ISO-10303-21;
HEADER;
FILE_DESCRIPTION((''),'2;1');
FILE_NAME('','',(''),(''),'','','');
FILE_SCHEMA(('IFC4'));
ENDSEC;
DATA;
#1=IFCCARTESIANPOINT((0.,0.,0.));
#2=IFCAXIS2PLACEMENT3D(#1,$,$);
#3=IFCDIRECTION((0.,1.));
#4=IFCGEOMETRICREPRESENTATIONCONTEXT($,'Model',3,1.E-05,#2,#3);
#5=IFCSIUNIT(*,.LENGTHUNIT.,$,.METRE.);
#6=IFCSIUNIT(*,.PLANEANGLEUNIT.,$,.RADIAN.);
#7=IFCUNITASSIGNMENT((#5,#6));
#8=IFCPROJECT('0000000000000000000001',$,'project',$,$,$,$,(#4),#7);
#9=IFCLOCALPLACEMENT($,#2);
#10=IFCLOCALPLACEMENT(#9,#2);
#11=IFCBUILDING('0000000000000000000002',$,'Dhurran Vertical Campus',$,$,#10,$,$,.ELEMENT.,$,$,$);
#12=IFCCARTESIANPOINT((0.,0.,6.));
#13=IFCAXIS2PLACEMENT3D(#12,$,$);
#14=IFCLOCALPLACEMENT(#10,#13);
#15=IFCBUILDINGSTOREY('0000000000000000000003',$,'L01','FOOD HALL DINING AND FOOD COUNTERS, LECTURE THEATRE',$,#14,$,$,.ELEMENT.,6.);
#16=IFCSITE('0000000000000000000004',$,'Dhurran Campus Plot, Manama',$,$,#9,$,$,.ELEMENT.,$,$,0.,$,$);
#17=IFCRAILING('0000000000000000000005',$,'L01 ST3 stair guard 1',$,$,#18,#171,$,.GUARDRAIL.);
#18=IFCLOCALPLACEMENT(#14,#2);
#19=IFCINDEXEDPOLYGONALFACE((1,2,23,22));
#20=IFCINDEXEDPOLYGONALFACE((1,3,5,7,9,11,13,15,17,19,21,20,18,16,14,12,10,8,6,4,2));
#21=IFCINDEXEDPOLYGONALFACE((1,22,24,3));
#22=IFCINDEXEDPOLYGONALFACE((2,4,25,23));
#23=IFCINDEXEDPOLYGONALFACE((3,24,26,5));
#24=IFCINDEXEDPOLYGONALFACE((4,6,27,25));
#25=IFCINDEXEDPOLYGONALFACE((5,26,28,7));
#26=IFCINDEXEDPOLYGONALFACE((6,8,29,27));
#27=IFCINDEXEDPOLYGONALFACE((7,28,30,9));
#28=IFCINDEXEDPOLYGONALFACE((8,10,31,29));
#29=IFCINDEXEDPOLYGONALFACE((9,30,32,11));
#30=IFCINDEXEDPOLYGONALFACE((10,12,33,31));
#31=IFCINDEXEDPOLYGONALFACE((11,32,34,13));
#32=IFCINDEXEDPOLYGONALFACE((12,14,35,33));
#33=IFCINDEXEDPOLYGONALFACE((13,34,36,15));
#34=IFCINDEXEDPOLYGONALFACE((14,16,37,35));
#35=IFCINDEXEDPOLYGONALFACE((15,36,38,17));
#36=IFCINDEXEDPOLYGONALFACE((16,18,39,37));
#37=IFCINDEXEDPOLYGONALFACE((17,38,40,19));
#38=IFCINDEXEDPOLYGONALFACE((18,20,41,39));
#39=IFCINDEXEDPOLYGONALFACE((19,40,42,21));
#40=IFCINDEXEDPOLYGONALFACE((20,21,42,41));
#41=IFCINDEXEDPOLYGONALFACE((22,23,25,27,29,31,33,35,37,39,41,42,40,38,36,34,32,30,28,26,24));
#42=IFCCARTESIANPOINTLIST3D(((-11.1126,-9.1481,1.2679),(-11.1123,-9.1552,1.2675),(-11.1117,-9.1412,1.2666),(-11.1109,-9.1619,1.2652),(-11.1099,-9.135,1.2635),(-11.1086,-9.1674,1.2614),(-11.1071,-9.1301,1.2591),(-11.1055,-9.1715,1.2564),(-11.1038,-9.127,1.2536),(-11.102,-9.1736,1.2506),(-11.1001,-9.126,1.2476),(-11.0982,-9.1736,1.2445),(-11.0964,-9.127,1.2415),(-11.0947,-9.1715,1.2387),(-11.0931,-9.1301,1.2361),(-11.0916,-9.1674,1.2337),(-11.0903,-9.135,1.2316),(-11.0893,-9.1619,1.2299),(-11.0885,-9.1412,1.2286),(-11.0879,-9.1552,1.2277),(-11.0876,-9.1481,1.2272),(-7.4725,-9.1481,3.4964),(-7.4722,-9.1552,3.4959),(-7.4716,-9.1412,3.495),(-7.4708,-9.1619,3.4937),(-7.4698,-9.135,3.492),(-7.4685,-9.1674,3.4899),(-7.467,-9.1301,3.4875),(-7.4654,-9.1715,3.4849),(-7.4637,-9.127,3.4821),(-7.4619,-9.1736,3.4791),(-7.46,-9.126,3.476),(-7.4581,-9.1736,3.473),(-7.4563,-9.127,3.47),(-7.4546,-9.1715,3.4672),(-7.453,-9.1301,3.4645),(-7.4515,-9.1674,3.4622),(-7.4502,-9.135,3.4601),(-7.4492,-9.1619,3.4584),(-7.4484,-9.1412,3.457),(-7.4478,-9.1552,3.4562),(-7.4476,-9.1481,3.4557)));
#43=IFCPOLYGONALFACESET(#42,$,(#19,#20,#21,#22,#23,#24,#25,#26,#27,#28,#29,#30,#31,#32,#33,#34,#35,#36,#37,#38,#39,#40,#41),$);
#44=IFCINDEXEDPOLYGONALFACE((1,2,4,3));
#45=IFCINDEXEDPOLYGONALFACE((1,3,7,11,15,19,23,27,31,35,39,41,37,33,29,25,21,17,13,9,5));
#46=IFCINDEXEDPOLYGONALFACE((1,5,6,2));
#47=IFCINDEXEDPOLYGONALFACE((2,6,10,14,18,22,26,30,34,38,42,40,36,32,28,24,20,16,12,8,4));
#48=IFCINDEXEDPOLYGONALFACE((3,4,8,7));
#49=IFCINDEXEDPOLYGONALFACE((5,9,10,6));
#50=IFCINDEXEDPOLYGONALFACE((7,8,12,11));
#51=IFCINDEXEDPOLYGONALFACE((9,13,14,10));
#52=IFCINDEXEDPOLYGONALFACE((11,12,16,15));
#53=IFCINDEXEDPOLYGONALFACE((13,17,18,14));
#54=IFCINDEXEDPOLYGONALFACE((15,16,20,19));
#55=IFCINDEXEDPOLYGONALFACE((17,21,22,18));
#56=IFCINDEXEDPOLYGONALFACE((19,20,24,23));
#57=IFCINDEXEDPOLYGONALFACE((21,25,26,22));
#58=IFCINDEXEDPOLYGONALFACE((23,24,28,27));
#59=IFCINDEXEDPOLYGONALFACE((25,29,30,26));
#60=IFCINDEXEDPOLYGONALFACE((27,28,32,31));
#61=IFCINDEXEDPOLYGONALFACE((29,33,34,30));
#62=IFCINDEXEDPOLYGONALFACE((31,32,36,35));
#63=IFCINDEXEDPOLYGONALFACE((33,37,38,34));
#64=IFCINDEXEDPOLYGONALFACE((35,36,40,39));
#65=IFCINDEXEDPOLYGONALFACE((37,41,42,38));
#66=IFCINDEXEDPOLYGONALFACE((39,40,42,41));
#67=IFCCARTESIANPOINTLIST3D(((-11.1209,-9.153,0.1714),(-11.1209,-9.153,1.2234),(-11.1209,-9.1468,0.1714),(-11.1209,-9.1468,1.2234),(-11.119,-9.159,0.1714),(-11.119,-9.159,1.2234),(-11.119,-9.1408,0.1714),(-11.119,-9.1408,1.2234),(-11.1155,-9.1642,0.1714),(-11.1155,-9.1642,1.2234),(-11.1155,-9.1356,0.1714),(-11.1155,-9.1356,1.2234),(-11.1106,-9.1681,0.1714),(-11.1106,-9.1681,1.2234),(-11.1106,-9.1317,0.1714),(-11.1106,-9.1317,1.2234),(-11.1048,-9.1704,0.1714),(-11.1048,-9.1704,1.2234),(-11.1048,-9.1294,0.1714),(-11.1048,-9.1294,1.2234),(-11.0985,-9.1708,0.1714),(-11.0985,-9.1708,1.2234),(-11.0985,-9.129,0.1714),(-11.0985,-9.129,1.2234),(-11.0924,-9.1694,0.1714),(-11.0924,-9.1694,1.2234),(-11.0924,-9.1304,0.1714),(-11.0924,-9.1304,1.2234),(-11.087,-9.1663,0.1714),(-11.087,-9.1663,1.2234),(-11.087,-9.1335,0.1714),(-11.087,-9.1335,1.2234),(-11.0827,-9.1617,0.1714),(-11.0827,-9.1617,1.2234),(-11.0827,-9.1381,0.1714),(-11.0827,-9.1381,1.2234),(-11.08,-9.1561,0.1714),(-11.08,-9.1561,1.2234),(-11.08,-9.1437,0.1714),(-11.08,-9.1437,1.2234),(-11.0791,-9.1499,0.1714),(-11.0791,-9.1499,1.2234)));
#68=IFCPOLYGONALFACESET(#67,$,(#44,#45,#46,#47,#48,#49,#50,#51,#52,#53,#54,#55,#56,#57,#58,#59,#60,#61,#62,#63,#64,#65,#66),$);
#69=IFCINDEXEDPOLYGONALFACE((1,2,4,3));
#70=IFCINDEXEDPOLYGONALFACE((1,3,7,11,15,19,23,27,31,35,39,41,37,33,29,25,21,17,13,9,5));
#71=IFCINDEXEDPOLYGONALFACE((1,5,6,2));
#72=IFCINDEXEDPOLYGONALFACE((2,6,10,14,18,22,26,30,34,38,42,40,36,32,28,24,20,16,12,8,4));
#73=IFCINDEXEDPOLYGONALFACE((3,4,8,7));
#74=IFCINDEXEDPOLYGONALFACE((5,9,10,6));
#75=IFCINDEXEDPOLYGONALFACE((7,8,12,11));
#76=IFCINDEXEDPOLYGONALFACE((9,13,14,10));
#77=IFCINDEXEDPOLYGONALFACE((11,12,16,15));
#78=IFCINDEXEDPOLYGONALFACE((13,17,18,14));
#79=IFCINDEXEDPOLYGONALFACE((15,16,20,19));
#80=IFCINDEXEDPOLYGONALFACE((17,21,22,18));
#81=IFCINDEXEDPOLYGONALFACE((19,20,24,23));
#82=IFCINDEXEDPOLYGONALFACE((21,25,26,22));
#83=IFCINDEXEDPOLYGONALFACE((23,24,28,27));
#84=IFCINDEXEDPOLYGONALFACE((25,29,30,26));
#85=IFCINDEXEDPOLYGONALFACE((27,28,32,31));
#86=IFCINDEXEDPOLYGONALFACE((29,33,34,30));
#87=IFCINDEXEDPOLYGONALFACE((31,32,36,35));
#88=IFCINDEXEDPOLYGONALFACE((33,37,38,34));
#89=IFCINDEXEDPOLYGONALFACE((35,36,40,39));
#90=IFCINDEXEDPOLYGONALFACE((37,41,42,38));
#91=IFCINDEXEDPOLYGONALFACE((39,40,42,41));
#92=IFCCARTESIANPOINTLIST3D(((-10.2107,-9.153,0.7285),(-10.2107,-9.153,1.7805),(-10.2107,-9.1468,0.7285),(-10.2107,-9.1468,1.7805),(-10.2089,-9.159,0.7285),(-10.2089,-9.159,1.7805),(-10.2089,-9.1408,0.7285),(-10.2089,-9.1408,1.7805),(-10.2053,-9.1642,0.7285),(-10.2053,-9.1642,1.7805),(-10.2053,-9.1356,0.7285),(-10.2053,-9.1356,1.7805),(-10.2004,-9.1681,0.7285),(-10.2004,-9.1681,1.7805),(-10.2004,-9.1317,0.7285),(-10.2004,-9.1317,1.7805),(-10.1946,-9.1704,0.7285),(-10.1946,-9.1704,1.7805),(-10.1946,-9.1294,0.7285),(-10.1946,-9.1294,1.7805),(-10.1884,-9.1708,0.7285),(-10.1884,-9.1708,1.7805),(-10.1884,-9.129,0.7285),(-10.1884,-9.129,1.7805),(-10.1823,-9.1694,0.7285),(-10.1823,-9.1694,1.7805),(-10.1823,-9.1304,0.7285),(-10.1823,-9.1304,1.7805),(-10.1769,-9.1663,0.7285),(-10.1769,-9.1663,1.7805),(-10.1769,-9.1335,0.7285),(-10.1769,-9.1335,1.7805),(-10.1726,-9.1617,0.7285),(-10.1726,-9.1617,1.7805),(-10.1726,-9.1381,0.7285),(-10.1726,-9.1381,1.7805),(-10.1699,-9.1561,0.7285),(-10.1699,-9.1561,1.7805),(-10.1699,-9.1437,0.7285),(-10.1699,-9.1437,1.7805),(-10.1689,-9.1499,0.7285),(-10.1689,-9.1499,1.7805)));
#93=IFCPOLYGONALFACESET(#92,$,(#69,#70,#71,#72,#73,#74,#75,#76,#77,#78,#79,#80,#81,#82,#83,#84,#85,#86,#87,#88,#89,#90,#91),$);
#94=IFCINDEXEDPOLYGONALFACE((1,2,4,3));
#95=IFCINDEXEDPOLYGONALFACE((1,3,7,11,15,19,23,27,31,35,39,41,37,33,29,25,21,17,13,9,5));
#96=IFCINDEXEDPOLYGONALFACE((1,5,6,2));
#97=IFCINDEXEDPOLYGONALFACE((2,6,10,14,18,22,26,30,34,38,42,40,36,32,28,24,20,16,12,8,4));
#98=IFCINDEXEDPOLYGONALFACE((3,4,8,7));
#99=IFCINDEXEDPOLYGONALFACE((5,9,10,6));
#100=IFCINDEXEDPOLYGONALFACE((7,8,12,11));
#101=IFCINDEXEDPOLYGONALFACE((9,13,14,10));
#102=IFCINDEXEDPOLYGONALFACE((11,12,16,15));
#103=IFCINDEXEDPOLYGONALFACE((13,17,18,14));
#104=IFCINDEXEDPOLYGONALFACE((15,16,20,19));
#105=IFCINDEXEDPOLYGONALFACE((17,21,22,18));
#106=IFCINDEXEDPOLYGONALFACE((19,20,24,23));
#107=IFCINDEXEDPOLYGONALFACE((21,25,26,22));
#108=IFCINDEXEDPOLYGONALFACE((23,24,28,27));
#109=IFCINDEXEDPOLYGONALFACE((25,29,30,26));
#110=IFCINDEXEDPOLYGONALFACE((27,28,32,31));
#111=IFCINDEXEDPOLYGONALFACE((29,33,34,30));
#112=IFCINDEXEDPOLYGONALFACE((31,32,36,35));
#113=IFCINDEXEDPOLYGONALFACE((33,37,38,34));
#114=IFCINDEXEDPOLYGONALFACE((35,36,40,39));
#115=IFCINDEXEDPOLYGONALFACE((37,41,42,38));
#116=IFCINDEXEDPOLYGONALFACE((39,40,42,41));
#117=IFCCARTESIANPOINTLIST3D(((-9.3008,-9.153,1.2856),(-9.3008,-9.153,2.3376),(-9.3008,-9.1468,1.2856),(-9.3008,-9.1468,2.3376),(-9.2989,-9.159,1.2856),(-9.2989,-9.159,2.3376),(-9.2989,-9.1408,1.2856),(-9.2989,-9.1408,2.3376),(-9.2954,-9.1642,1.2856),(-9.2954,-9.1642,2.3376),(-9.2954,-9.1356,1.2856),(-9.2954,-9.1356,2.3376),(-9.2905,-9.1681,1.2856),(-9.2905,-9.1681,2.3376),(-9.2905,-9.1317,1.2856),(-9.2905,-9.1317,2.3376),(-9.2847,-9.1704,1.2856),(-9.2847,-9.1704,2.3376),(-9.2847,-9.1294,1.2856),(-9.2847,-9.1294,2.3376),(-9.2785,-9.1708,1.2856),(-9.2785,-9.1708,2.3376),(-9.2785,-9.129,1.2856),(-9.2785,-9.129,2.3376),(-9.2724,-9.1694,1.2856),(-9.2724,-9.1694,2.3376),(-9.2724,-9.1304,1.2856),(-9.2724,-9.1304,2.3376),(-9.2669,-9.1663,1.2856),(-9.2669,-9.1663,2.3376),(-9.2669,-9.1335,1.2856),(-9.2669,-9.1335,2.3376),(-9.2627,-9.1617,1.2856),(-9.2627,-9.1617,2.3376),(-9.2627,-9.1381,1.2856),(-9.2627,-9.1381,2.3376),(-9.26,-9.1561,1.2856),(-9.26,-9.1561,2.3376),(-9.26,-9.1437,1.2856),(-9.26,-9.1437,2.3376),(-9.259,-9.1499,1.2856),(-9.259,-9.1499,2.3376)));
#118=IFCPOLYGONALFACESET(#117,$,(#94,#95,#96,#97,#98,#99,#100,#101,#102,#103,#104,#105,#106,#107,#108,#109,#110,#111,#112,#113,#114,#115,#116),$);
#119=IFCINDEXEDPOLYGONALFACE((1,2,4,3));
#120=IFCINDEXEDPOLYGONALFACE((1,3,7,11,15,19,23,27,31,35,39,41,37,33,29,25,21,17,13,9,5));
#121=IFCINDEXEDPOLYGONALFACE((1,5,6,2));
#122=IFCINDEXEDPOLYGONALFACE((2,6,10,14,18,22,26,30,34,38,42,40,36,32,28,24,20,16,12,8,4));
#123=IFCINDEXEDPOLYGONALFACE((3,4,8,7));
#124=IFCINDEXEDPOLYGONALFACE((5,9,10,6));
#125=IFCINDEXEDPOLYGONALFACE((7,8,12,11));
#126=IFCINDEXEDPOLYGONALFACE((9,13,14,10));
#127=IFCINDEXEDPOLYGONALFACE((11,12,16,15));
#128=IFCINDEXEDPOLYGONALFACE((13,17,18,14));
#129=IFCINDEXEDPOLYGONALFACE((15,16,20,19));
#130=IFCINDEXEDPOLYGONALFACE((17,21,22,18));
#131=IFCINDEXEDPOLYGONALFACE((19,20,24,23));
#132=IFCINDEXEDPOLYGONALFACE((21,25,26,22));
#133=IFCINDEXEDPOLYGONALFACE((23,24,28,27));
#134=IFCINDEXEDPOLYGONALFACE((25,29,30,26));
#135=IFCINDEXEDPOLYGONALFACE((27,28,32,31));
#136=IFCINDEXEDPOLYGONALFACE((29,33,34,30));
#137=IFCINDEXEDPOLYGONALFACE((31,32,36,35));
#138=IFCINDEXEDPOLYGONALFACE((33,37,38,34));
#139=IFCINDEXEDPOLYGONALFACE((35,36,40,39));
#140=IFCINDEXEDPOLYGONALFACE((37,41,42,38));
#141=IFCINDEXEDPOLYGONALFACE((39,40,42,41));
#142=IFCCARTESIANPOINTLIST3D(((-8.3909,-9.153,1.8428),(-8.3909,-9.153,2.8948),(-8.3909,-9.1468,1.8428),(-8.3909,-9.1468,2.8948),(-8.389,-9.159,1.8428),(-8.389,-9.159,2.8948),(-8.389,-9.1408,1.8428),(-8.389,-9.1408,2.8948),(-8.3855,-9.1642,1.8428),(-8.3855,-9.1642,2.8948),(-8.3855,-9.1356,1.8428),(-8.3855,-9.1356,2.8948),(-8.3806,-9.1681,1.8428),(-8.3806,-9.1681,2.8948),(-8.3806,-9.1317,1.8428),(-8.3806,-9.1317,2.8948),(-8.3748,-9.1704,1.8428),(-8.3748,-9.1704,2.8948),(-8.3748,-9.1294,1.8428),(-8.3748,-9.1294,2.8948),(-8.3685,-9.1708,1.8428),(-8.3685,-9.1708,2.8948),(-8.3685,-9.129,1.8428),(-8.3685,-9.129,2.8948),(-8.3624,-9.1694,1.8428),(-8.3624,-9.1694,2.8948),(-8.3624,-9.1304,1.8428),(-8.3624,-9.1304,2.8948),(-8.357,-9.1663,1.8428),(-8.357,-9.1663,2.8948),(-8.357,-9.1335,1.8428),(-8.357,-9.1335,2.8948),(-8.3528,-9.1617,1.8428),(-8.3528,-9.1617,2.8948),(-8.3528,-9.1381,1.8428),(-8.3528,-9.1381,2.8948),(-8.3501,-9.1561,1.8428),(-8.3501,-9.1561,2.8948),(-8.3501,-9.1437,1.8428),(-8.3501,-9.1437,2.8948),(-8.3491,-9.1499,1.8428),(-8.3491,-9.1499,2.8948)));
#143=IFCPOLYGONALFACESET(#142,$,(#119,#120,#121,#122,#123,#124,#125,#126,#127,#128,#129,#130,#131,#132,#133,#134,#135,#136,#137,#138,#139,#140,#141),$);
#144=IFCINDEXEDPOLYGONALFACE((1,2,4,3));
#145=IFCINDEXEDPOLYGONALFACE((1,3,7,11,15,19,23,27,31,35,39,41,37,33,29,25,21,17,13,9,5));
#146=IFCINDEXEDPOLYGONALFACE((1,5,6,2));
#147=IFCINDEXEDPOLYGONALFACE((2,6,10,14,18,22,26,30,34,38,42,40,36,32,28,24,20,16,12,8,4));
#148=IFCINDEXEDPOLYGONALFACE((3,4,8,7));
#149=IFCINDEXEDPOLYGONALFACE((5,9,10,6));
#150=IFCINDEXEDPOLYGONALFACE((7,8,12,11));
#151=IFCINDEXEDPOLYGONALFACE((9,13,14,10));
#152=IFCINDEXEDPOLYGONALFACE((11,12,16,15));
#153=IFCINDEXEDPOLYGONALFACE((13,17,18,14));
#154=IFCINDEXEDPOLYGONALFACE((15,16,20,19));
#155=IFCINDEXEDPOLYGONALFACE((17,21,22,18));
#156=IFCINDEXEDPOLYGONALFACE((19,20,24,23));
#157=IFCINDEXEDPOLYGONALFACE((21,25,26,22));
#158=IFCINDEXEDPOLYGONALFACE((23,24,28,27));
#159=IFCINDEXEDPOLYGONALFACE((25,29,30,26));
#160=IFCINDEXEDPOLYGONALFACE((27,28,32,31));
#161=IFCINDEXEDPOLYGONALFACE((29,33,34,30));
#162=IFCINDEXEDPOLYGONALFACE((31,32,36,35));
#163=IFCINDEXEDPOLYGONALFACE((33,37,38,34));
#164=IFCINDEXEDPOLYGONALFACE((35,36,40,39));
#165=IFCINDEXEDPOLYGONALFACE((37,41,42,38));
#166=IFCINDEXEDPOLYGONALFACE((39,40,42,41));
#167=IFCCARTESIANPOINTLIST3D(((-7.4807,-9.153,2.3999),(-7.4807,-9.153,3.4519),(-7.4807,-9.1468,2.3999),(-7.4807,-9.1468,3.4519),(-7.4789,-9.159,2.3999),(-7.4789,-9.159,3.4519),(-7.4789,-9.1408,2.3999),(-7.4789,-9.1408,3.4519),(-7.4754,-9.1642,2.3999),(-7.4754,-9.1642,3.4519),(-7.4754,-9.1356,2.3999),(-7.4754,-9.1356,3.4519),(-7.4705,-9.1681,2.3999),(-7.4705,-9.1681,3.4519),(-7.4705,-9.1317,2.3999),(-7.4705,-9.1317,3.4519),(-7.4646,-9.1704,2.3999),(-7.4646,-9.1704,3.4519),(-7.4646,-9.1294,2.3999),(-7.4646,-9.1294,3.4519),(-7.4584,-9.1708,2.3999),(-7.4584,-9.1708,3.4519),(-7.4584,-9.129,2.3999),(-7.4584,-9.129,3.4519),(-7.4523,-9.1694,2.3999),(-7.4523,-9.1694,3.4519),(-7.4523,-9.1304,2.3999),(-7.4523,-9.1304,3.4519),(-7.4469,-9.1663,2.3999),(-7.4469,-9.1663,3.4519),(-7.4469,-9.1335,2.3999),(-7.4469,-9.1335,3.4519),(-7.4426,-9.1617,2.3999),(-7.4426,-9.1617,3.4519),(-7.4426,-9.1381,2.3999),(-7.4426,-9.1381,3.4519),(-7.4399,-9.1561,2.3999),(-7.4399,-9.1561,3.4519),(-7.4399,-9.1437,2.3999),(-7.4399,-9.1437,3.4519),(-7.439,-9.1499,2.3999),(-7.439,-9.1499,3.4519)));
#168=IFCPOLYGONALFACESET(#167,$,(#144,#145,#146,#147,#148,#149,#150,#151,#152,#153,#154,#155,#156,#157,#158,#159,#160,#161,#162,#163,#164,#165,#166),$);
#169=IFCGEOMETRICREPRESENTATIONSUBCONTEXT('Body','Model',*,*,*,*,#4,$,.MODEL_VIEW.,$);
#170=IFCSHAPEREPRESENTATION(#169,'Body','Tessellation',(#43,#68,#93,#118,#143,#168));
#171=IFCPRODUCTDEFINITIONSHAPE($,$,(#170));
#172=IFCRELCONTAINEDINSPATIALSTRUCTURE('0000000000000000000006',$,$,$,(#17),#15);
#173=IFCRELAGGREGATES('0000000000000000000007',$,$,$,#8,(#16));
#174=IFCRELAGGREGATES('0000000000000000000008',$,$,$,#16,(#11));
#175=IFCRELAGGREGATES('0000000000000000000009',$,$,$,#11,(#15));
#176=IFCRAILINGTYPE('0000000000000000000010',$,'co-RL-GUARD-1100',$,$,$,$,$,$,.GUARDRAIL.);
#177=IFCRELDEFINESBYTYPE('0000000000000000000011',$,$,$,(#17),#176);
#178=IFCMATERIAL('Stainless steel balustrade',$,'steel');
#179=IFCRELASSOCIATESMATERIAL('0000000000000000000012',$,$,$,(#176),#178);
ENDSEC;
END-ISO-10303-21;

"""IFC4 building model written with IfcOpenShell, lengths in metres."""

from ifc_helpers import new_model, si_unit, direction, frame, origin, origin_2d, place, context, subcontext, project, spatial, circle, extrude, material, type_object, element, save


model = new_model("IFC4")

# Units and contexts
model_context = context("Model", 3, precision=1e-05, world=origin(), true_north=direction((0.0, 1.0)))
body_context = subcontext(model_context, "Body", "Model", "MODEL_VIEW")
ifc_project = project(units=[si_unit("LENGTHUNIT", "METRE"), si_unit("PLANEANGLEUNIT", "RADIAN")], contexts=[model_context])

# Site, building, storey
site_placement = place(None, origin())
site = spatial("IfcSite", under=ifc_project, at=site_placement, Name="Dhurran Campus Plot, Manama", CompositionType="ELEMENT", RefElevation=0.0)
building_placement = place(site_placement, origin())
building = spatial("IfcBuilding", under=site, at=building_placement, Name="Dhurran Vertical Campus", CompositionType="ELEMENT")
storey_placement = place(building_placement, frame((0.0, 0.0, 6.0)))
storey = spatial("IfcBuildingStorey", under=building, at=storey_placement, Name="L01", Description="FOOD HALL DINING AND FOOD COUNTERS, LECTURE THEATRE", CompositionType="ELEMENT", Elevation=6.0)

# Railing
ifc_material_1 = material(Name="Stainless steel balustrade", Category="steel")
railing_type_1 = type_object("IfcRailingType", Name="co-RL-GUARD-1100", PredefinedType="GUARDRAIL", material=ifc_material_1)
railing_1_placement = place(storey_placement, frame((-11.1001, -9.1499, 0.1714)))
element("IfcRailing", 1, at=railing_1_placement, inside=storey, type_object=railing_type_1, Name="L01 ST3 stair guard 1", PredefinedType="GUARDRAIL", context=body_context, shape_type="SweptSolid", body=[
    extrude(circle(Radius=0.0239, at=origin_2d()), frame((0.0, 0.0, 1.0762), z_axis=(0.852866, 0.0, 0.52213), x_axis=(0.0, 1.0, 0.0)), (0.0, 0.0, 1.0), 4.2681),
    extrude(circle(Radius=0.021, at=origin_2d()), origin(), (0.0, 0.0, 1.0), 1.052),
    extrude(circle(Radius=0.021, at=origin_2d()), frame((0.9102, 0.0, 0.5571)), (0.0, 0.0, 1.0), 1.052),
    extrude(circle(Radius=0.021, at=origin_2d()), frame((1.8201, 0.0, 1.1143)), (0.0, 0.0, 1.0), 1.052),
    extrude(circle(Radius=0.021, at=origin_2d()), frame((2.73, 0.0, 1.6714)), (0.0, 0.0, 1.0), 1.052),
    extrude(circle(Radius=0.021, at=origin_2d()), frame((3.6401, 0.0, 2.2285)), (0.0, 0.0, 1.0), 1.052),
])

save(model, "model.ifc")
